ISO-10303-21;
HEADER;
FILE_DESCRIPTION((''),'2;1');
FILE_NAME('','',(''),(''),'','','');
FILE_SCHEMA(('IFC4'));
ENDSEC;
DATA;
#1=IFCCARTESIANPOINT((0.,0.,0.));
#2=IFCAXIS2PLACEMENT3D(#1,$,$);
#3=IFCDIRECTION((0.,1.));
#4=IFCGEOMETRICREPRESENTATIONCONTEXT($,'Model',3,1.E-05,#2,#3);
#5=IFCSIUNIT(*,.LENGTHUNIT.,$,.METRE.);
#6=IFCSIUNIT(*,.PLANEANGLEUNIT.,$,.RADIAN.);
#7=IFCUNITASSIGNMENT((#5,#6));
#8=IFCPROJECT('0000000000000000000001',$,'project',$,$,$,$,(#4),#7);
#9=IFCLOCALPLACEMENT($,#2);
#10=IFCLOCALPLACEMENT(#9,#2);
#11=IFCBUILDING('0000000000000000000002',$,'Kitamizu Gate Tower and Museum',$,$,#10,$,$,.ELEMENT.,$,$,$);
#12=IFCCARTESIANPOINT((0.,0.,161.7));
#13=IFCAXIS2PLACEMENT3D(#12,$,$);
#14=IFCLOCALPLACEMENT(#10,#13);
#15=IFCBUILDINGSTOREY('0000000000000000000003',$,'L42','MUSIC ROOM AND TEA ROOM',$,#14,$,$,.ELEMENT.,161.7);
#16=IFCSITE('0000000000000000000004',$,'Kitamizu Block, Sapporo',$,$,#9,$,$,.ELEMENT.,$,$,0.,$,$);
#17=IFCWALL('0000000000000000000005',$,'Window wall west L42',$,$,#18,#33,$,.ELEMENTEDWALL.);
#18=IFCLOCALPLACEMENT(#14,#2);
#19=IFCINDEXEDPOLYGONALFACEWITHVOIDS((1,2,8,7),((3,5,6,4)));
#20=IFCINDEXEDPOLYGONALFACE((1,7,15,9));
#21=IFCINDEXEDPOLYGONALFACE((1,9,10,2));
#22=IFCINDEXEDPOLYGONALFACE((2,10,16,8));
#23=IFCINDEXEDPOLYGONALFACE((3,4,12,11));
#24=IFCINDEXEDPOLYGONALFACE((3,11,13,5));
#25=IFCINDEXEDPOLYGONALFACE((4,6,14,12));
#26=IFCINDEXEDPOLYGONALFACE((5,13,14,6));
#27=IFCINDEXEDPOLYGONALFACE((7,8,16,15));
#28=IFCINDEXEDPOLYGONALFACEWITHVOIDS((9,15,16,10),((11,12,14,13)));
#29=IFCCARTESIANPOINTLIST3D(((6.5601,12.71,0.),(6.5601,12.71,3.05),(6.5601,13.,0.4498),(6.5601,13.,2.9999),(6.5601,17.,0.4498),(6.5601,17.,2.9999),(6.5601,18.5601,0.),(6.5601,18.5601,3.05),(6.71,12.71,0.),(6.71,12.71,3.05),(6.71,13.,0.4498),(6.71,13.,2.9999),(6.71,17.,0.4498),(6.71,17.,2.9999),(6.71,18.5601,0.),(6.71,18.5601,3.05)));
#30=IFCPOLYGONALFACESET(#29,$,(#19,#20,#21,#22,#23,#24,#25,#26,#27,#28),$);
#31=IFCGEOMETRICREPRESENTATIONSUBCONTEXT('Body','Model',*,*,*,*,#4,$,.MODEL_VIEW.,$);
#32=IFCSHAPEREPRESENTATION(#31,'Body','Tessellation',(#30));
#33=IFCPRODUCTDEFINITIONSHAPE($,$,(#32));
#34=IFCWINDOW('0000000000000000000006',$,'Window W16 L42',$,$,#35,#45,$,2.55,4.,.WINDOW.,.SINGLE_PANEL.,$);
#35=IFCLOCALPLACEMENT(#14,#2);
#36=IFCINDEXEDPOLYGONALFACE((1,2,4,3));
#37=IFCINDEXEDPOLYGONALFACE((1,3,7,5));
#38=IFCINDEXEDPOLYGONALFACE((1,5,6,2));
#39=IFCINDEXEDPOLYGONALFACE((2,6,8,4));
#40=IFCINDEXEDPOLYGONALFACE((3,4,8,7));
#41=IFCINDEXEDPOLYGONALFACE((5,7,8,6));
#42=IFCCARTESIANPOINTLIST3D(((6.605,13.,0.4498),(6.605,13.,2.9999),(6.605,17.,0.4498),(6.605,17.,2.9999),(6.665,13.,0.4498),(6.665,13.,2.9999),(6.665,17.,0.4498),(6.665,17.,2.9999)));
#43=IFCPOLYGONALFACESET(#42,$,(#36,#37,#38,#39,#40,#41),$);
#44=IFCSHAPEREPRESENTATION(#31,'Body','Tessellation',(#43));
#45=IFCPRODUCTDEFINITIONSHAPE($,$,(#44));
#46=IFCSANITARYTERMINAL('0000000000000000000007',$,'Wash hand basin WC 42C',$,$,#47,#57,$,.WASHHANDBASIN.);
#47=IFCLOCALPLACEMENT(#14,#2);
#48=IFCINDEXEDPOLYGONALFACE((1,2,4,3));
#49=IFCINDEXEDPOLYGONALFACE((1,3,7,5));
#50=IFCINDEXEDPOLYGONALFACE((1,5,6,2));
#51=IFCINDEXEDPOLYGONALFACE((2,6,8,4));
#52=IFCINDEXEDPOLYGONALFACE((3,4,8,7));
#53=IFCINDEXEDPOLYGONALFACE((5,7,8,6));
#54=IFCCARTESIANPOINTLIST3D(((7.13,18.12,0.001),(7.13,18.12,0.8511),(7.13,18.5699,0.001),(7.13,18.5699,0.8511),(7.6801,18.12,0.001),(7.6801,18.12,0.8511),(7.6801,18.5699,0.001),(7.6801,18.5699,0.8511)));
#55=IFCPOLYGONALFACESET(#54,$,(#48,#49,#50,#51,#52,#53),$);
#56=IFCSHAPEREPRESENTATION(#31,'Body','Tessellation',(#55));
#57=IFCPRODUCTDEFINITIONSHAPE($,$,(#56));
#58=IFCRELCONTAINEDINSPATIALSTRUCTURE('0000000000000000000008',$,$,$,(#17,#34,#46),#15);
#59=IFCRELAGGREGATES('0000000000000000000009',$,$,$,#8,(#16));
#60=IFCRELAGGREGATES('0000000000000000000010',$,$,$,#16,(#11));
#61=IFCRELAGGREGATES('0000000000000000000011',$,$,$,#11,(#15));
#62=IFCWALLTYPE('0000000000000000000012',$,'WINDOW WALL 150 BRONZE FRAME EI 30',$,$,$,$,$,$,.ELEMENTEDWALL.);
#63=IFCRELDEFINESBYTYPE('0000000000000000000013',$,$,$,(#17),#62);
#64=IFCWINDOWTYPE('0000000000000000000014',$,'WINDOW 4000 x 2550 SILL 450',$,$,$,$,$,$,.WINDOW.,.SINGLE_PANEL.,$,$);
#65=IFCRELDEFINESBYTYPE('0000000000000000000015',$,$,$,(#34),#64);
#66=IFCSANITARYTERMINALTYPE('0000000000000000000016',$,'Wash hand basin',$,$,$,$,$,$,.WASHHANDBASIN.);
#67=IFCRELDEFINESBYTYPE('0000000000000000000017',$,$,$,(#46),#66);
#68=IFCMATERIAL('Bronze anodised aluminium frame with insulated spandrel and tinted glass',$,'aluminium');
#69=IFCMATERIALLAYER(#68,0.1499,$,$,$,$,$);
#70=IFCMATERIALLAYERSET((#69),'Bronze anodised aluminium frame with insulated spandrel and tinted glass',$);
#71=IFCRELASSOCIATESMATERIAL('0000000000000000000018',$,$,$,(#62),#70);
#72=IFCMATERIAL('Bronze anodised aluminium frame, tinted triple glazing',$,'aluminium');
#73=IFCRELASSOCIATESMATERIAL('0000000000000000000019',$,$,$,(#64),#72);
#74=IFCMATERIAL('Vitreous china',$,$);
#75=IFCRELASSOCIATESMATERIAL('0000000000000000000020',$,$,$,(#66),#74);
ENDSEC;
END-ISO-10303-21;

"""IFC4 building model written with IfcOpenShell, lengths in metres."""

from ifc_helpers import new_model, si_unit, direction, frame, frame_2d, origin, origin_2d, place, context, subcontext, project, spatial, rectangle, extrude, material, layer, layer_set, type_object, element, fill, save


model = new_model("IFC4")

# Units and contexts
model_context = context("Model", 3, precision=1e-05, world=origin(), true_north=direction((0.0, 1.0)))
body_context = subcontext(model_context, "Body", "Model", "MODEL_VIEW")
ifc_project = project(units=[si_unit("LENGTHUNIT", "METRE"), si_unit("PLANEANGLEUNIT", "RADIAN")], contexts=[model_context])

# Site, building, storey
site_placement = place(None, origin())
site = spatial("IfcSite", under=ifc_project, at=site_placement, Name="Kitamizu Block, Sapporo", CompositionType="ELEMENT", RefElevation=0.0)
building_placement = place(site_placement, origin())
building = spatial("IfcBuilding", under=site, at=building_placement, Name="Kitamizu Gate Tower and Museum", CompositionType="ELEMENT")
storey_placement = place(building_placement, frame((0.0, 0.0, 161.7)))
storey = spatial("IfcBuildingStorey", under=building, at=storey_placement, Name="L42", Description="MUSIC ROOM AND TEA ROOM", CompositionType="ELEMENT", Elevation=161.7)

# Shared definitions
ifc_material_1 = material(Name="Bronze anodised aluminium frame with insulated spandrel and tinted glass", Category="aluminium")
ifc_layer_1 = layer(ifc_material_1, 0.1499)
ifc_layer_set_1 = layer_set([ifc_layer_1], Name="Bronze anodised aluminium frame with insulated spandrel and tinted glass")
wall_type_1 = type_object("IfcWallType", Name="WINDOW WALL 150 BRONZE FRAME EI 30", PredefinedType="ELEMENTEDWALL", material=ifc_layer_set_1)

# Wall, opening, window
wall_1_placement = place(storey_placement, frame((6.635, 12.71, 0.0), z_axis=(0.0, 0.0, 1.0), x_axis=(0.0, 1.0, 0.0)))
wall_1 = element("IfcWall", 1, at=wall_1_placement, inside=storey, type_object=wall_type_1, Name="Window wall west L42", PredefinedType="ELEMENTEDWALL", context=body_context, shape_type="SweptSolid", body=[
    extrude(rectangle(XDim=5.8501, YDim=0.1499, at=frame_2d((2.925, 0.0))), origin(), (0.0, 0.0, 1.0), 3.05),
])
opening_1_placement = place(wall_1_placement, frame((0.29, 0.0, 0.45)))
opening_1 = element("IfcOpeningElement", 2, at=opening_1_placement, cuts=wall_1, PredefinedType="OPENING", context=body_context, shape_type="SweptSolid", body=[
    extrude(rectangle(XDim=4.0, YDim=2.55, at=frame_2d((2.0, 1.2749))), frame((0.0, 0.085, 0.0), z_axis=(0.0, -1.0, 0.0), x_axis=(1.0, 0.0, 0.0)), (0.0, 0.0, 1.0), 0.1699),
])
ifc_material_2 = material(Name="Bronze anodised aluminium frame, tinted triple glazing", Category="aluminium")
window_type_1 = type_object("IfcWindowType", Name="WINDOW 4000 x 2550 SILL 450", PartitioningType="SINGLE_PANEL", PredefinedType="WINDOW", material=ifc_material_2)
window_1_placement = place(opening_1_placement, origin())
window_1 = element("IfcWindow", 3, at=window_1_placement, inside=storey, type_object=window_type_1, Name="Window W16 L42", OverallHeight=2.55, OverallWidth=4.0, PartitioningType="SINGLE_PANEL", PredefinedType="WINDOW", context=body_context, shape_type="SweptSolid", body=[
    extrude(rectangle(XDim=4.0, YDim=2.55, at=frame_2d((2.0, 1.2749))), frame((0.0, 0.03, 0.0), z_axis=(0.0, -1.0, 0.0), x_axis=(1.0, 0.0, 0.0)), (0.0, 0.0, 1.0), 0.0601),
])
fill(opening_1, window_1)

# Sanitary terminal
ifc_material_3 = material(Name="Vitreous china")
sanitary_terminal_type = type_object("IfcSanitaryTerminalType", Name="Wash hand basin", PredefinedType="WASHHANDBASIN", material=ifc_material_3)
sanitary_terminal_placement = place(storey_placement, frame((7.405, 18.345, 0.001), z_axis=(0.0, 0.0, 1.0), x_axis=(1.0, 0.0, 0.0)))
element("IfcSanitaryTerminal", 4, at=sanitary_terminal_placement, inside=storey, type_object=sanitary_terminal_type, Name="Wash hand basin WC 42C", PredefinedType="WASHHANDBASIN", context=body_context, shape_type="SweptSolid", body=[
    extrude(rectangle(XDim=0.55, YDim=0.45, at=origin_2d()), origin(), (0.0, 0.0, 1.0), 0.8501),
])

save(model, "model.ifc")
